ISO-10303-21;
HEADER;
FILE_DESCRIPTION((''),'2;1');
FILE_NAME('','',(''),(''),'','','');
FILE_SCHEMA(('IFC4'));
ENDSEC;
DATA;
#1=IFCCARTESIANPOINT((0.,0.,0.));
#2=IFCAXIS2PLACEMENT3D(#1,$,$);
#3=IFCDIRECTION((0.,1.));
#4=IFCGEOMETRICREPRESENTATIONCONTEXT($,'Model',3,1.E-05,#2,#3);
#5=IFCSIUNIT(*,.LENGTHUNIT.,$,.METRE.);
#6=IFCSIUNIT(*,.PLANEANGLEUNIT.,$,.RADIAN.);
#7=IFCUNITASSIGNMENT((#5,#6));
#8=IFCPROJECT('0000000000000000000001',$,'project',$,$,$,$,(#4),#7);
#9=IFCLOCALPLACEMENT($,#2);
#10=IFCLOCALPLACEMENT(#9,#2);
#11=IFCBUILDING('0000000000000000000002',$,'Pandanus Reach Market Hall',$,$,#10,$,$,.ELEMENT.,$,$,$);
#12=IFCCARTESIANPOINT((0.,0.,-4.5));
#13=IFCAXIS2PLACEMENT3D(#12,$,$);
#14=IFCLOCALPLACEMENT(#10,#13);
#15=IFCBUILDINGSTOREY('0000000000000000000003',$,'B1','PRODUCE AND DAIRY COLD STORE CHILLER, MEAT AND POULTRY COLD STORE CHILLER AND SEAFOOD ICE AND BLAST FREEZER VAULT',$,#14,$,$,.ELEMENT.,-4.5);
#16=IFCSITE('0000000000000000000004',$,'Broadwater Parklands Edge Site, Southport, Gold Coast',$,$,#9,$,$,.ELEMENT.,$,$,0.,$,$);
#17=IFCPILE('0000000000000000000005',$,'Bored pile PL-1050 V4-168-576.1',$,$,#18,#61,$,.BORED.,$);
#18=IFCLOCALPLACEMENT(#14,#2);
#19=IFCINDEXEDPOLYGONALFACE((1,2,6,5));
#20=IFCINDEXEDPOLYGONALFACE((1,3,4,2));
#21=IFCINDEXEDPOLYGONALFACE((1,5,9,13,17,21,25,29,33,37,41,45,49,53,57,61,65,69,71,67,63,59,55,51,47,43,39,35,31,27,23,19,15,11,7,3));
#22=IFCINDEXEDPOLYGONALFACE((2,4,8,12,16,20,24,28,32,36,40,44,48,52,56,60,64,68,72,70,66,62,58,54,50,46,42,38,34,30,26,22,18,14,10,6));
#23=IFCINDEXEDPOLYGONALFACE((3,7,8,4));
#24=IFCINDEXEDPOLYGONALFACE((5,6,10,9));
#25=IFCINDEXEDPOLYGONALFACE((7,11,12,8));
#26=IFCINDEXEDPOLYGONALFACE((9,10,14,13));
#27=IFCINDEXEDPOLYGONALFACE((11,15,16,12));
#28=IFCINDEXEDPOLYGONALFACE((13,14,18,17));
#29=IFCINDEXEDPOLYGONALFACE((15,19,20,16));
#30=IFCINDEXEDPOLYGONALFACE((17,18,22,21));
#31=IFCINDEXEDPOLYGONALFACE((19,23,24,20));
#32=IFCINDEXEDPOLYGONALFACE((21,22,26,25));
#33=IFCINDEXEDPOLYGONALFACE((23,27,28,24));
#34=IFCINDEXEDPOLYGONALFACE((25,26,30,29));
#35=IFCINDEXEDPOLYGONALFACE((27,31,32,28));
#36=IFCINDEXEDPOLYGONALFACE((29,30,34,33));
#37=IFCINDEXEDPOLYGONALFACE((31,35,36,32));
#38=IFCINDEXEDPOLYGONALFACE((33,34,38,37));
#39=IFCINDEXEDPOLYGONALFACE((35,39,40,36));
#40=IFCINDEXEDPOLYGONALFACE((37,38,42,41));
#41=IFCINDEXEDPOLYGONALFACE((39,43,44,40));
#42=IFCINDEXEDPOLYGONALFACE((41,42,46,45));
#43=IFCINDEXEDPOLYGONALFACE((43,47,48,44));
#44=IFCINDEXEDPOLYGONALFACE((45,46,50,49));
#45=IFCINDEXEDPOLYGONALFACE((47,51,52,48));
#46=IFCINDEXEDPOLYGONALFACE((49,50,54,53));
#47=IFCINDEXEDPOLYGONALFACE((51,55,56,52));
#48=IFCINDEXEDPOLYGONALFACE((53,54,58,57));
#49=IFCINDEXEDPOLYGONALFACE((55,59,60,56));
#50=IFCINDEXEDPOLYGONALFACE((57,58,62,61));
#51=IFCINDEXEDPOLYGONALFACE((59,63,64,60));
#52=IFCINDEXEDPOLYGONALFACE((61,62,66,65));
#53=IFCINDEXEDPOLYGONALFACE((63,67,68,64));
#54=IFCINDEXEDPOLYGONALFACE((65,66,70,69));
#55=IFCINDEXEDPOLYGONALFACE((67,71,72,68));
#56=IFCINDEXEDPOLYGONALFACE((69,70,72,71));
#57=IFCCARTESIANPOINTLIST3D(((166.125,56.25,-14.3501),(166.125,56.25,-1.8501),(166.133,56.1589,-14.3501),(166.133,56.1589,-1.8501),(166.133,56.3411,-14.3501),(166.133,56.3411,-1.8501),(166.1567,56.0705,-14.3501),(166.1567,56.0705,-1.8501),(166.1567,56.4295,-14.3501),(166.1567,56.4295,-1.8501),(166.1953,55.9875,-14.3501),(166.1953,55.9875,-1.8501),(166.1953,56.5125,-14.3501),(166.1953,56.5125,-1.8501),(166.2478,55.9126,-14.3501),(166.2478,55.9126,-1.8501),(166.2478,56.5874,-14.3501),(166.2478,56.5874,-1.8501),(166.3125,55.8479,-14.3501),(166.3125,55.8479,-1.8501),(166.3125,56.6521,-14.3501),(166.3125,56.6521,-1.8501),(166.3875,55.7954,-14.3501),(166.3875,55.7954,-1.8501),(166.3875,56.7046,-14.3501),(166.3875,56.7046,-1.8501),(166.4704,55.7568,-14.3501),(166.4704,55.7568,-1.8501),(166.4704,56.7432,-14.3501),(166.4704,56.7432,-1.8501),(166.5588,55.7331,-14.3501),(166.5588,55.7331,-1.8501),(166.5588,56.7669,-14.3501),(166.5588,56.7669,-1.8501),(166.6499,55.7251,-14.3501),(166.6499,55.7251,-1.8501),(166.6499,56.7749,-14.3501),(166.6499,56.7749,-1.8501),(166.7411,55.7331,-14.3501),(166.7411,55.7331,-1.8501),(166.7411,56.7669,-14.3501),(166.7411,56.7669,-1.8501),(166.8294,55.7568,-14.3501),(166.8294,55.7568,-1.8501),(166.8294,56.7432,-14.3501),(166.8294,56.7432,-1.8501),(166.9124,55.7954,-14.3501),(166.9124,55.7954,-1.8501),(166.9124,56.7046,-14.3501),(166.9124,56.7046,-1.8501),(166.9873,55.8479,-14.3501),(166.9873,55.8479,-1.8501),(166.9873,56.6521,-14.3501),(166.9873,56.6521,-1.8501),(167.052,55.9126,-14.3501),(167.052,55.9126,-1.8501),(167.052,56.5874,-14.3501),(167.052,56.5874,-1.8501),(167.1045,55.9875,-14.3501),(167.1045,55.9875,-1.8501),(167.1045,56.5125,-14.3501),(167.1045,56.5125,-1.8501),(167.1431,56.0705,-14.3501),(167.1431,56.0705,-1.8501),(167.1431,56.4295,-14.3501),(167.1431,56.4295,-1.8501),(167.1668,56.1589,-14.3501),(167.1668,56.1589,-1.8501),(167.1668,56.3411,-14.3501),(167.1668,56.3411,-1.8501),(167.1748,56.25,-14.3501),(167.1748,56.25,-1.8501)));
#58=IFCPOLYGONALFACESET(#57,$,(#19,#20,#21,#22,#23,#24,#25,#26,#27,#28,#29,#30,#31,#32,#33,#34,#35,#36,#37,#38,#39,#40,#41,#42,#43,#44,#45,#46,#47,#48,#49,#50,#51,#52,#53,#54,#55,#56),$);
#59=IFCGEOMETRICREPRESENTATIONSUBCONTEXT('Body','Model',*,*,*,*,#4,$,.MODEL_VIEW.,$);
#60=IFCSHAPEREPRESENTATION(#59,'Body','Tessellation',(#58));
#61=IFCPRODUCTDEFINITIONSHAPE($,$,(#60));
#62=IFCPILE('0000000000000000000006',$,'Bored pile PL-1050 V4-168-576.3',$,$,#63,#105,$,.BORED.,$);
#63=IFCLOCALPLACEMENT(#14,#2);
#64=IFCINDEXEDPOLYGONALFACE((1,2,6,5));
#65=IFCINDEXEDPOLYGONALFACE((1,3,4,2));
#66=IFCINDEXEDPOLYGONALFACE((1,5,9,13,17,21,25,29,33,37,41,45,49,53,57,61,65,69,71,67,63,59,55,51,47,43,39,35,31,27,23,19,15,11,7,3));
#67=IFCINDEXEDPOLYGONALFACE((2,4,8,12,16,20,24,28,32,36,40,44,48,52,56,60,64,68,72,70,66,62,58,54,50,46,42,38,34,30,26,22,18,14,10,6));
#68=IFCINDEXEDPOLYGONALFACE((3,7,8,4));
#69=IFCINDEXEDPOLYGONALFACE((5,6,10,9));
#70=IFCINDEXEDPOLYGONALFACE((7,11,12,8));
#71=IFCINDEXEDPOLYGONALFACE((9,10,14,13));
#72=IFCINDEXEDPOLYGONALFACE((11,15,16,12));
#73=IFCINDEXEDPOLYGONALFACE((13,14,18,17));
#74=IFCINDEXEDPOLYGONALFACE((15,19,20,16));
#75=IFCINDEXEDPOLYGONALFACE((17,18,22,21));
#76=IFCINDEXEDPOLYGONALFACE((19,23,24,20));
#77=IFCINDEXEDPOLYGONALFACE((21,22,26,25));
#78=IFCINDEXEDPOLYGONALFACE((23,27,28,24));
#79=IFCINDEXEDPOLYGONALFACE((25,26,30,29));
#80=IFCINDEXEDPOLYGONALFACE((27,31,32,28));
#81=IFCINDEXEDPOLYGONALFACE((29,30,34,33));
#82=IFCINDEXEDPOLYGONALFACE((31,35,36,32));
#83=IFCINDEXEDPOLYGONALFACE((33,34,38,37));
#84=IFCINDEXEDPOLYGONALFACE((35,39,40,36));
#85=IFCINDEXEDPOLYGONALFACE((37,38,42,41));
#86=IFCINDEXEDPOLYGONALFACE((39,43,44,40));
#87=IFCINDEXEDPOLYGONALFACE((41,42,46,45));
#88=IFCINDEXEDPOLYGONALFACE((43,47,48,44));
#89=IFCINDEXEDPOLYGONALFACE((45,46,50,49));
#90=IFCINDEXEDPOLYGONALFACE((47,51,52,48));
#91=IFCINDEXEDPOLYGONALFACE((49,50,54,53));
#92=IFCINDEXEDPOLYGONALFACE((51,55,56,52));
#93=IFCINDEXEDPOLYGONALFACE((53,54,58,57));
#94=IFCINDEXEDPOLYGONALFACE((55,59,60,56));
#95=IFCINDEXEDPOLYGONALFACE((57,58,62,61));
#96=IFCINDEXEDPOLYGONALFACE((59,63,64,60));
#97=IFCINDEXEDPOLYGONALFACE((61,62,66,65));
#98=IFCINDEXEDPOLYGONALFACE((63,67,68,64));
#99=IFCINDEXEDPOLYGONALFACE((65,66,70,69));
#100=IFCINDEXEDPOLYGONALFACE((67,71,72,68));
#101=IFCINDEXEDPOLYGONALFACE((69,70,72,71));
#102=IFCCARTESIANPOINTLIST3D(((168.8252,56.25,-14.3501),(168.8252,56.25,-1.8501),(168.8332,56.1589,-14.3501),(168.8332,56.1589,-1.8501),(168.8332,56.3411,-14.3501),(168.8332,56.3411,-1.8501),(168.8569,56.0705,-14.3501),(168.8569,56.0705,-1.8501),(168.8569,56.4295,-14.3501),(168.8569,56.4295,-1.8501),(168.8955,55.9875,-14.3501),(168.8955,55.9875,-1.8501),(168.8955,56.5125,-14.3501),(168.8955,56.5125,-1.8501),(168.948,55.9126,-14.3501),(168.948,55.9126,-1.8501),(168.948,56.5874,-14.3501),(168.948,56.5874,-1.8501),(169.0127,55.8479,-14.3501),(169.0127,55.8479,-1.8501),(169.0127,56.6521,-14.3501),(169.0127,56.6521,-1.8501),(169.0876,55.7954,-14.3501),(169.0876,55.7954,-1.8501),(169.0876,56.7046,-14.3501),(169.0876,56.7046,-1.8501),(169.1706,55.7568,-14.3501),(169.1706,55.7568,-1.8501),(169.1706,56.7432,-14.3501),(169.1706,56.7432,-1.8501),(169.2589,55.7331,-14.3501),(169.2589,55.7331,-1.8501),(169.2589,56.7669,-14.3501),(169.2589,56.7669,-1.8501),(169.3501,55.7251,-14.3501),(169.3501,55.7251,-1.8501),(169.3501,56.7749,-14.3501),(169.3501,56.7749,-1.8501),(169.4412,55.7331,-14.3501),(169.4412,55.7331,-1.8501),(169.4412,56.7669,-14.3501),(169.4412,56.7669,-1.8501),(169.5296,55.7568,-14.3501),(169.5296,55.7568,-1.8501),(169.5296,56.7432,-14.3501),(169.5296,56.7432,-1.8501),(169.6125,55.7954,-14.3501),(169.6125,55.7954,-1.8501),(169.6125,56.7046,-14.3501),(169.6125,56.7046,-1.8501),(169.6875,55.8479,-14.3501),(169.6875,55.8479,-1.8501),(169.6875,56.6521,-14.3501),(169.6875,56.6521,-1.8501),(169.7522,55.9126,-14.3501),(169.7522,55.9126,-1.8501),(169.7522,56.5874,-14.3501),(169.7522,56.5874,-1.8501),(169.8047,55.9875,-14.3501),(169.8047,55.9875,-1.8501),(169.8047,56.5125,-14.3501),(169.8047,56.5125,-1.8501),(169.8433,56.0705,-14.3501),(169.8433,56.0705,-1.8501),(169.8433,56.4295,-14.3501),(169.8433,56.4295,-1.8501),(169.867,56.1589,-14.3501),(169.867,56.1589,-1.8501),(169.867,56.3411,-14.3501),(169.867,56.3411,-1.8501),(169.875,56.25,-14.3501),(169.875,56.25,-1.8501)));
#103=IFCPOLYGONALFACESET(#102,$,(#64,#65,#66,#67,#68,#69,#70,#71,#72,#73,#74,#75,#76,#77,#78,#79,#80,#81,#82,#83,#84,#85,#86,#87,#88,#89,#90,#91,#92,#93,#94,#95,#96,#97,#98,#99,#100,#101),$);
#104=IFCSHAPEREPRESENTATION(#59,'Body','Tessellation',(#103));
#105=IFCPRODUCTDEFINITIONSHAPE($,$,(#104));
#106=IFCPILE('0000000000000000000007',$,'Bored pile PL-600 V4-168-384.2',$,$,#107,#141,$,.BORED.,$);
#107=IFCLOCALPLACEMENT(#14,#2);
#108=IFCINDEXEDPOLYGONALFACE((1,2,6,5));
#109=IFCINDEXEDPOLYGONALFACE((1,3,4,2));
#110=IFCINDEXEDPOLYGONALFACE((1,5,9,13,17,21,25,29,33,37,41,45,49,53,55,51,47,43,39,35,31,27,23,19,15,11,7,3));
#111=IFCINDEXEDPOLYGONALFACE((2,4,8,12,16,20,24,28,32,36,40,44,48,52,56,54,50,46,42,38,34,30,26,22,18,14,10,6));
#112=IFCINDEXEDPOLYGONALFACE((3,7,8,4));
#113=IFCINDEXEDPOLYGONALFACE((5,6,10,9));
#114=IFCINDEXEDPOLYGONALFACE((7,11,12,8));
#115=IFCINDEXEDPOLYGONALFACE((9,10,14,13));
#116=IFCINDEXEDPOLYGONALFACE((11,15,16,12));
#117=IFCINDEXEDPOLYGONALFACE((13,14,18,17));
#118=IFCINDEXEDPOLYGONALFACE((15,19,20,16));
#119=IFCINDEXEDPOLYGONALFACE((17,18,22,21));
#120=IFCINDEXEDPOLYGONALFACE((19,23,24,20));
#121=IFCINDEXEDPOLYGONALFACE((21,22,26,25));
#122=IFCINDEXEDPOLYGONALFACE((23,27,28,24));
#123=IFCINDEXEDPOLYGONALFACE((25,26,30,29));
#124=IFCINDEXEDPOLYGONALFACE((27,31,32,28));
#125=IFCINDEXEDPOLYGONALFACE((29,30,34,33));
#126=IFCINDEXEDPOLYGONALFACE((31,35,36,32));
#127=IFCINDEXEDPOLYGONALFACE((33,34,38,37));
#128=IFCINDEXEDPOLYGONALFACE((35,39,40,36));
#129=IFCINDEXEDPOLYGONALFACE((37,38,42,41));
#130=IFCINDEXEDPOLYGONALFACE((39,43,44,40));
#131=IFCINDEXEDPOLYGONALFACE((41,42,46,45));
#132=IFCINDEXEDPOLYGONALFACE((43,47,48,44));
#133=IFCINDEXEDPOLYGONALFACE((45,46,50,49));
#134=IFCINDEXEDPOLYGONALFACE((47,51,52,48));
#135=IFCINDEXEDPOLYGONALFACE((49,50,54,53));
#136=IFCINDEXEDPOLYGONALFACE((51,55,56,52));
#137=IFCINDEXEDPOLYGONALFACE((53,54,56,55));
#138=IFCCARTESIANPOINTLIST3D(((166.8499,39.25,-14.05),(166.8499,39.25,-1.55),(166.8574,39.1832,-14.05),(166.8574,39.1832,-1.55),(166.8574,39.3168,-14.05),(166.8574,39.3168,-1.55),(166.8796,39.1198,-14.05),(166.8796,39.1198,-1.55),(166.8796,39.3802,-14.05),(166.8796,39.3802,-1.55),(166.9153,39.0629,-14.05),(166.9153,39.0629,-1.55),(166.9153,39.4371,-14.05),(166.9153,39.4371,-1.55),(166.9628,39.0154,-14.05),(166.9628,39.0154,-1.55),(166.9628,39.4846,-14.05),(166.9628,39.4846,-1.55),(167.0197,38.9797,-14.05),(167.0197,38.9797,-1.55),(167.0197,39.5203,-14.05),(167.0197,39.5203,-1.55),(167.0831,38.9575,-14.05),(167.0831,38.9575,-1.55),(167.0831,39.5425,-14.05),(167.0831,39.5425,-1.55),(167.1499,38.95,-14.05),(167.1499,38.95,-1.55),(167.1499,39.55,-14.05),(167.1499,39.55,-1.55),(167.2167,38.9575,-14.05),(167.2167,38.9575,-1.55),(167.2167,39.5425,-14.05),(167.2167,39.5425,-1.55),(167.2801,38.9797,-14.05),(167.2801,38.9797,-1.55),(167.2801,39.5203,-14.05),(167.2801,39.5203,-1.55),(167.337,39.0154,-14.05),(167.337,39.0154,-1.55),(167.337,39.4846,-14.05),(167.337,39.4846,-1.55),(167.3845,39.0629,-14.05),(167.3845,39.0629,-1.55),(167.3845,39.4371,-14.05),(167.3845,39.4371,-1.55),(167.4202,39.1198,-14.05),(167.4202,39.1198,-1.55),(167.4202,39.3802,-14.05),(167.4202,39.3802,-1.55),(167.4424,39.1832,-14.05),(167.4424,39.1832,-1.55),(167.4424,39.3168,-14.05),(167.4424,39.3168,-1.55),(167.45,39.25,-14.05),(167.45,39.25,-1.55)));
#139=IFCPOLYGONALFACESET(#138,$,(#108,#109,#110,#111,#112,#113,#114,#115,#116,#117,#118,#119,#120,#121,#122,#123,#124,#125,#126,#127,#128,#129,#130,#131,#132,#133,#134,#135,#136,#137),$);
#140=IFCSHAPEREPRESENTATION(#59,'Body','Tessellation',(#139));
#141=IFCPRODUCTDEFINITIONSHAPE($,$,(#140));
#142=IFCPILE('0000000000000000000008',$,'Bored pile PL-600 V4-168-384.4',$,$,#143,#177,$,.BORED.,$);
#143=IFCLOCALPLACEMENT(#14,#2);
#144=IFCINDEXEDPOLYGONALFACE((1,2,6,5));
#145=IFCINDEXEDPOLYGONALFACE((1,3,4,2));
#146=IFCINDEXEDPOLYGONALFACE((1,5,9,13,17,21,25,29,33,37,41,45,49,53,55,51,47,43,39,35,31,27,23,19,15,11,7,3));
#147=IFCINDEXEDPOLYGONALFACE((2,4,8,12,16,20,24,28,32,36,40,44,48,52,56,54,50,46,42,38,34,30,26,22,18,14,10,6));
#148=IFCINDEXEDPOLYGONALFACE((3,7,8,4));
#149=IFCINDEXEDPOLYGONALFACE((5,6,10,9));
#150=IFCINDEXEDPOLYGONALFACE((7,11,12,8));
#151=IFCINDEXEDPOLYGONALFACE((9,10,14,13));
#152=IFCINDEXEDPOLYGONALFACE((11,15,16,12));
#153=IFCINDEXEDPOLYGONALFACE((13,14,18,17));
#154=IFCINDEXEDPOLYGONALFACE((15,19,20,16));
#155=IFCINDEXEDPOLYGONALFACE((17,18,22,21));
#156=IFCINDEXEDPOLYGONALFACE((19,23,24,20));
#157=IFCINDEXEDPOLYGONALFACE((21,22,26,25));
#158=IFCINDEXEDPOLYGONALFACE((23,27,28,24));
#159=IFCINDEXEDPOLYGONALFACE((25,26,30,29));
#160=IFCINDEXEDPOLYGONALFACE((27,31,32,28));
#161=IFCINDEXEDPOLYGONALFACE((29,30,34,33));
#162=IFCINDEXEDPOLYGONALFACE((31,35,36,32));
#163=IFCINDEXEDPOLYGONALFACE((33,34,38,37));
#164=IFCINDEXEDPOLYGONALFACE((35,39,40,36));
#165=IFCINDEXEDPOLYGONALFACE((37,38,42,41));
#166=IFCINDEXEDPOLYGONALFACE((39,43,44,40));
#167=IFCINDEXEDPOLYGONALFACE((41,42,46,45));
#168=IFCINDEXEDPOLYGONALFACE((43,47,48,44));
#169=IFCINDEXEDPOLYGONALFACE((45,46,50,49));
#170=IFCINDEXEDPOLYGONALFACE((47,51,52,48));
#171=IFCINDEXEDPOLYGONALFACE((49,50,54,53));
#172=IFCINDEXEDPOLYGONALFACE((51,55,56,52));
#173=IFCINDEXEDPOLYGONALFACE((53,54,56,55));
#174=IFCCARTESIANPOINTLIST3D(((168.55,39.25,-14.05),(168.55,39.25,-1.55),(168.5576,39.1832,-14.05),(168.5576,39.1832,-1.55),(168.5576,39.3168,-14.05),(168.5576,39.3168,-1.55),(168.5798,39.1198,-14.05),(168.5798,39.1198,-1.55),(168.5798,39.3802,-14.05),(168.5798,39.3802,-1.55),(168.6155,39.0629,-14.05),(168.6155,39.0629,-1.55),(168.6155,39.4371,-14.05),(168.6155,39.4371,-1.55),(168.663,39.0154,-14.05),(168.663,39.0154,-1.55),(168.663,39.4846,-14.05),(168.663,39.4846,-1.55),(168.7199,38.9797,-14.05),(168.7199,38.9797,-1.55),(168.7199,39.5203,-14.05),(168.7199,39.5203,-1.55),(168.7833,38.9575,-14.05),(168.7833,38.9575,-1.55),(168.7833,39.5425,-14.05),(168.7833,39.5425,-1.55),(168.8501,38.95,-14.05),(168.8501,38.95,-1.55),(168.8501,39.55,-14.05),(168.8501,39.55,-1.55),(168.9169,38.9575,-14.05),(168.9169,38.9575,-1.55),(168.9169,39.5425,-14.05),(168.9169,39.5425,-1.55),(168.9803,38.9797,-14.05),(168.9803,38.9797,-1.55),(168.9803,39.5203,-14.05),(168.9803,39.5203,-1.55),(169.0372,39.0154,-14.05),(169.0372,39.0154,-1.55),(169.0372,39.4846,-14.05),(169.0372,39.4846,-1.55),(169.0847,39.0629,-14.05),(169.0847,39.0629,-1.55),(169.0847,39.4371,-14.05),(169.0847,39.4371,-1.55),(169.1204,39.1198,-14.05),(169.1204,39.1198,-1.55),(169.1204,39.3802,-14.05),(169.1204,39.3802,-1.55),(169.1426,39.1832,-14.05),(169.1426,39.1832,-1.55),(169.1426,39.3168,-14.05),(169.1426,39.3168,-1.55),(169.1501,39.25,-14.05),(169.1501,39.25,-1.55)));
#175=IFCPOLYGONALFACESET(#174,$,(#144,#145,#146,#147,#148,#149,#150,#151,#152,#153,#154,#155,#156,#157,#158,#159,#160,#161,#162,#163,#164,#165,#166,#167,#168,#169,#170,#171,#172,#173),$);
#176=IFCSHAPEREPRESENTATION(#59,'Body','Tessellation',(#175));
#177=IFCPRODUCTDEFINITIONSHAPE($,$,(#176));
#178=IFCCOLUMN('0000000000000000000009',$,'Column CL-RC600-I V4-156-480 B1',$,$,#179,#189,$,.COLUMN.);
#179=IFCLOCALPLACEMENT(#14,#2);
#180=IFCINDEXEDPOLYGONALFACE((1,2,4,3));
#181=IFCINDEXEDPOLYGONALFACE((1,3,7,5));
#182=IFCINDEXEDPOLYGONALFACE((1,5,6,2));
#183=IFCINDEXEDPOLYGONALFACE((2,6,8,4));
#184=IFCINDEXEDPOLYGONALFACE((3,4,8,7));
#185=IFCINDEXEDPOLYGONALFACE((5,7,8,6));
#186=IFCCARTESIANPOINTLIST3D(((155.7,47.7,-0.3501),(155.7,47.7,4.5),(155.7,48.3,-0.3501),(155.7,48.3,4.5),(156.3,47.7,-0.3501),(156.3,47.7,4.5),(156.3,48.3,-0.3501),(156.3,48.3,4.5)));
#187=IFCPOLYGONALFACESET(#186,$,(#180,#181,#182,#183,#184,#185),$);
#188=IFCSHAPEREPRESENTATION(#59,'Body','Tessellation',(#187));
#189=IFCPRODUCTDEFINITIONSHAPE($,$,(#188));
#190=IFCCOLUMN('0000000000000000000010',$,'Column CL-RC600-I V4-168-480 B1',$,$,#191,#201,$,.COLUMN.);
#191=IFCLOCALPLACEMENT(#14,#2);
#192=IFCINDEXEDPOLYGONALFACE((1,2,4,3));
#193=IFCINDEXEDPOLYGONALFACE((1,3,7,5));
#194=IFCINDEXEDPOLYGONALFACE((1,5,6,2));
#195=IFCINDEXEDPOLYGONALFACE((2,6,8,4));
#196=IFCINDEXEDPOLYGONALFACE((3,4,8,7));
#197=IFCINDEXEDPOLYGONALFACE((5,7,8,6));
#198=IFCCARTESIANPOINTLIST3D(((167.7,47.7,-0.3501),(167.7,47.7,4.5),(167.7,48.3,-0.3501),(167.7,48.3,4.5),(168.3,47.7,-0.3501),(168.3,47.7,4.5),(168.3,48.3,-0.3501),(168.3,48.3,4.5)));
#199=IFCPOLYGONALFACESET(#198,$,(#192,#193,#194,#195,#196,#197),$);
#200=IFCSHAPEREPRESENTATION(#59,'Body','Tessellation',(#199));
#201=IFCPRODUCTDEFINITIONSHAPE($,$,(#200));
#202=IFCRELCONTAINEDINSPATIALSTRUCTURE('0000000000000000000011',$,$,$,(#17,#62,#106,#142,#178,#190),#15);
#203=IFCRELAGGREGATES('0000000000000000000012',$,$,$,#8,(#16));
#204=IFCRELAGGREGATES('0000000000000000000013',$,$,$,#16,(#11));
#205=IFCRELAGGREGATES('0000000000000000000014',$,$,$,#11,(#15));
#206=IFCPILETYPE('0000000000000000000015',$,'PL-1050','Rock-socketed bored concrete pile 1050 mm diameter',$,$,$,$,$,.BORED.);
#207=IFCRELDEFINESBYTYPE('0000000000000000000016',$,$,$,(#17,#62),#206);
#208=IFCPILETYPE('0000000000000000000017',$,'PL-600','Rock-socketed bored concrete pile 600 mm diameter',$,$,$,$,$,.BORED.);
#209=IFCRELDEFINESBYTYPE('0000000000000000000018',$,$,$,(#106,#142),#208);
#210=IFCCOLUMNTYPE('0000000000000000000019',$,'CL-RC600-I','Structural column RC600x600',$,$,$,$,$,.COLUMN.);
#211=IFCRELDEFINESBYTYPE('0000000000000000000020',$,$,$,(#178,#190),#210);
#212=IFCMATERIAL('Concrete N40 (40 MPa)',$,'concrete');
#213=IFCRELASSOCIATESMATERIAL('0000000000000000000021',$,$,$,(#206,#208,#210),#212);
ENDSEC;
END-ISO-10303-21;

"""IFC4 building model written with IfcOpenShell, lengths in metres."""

from ifc_helpers import new_model, si_unit, direction, frame, origin, origin_2d, place, context, subcontext, project, spatial, rectangle, circle, extrude, material, material_profile, profile_set, type_object, element, save


model = new_model("IFC4")

# Units and contexts
model_context = context("Model", 3, precision=1e-05, world=origin(), true_north=direction((0.0, 1.0)))
body_context = subcontext(model_context, "Body", "Model", "MODEL_VIEW")
ifc_project = project(units=[si_unit("LENGTHUNIT", "METRE"), si_unit("PLANEANGLEUNIT", "RADIAN")], contexts=[model_context])

# Site, building, storey
site_placement = place(None, origin())
site = spatial("IfcSite", under=ifc_project, at=site_placement, Name="Broadwater Parklands Edge Site, Southport, Gold Coast", CompositionType="ELEMENT", RefElevation=0.0)
building_placement = place(site_placement, origin())
building = spatial("IfcBuilding", under=site, at=building_placement, Name="Pandanus Reach Market Hall", CompositionType="ELEMENT")
storey_placement = place(building_placement, frame((0.0, 0.0, -4.5)))
storey = spatial("IfcBuildingStorey", under=building, at=storey_placement, Name="B1", Description="PRODUCE AND DAIRY COLD STORE CHILLER, MEAT AND POULTRY COLD STORE CHILLER AND SEAFOOD ICE AND BLAST FREEZER VAULT", CompositionType="ELEMENT", Elevation=-4.5)

# Shared definitions
ifc_material_1 = material(Name="Concrete N40 (40 MPa)", Category="concrete")

# Piles
ifc_material_profile_1 = material_profile(ifc_material_1, circle(Radius=0.5249, at=origin_2d()), Name="PILE-1050D", Category="LoadBearing")
ifc_profile_set_1 = profile_set([ifc_material_profile_1], Name="Concrete N40 (40 MPa)")
pile_type_1 = type_object("IfcPileType", Name="PL-1050", Description="Rock-socketed bored concrete pile 1050 mm diameter", PredefinedType="BORED", material=ifc_profile_set_1)
for number, where, z_axis, x_axis, name in (
    (1, (166.6499, 56.25, -1.8501), (0.0, 0.0, -1.0), (1.0, 0.0, 0.0), "Bored pile PL-1050 V4-168-576.1"),
    (2, (169.3501, 56.25, -1.8501), (0.0, 0.0, -1.0), (1.0, 0.0, 0.0), "Bored pile PL-1050 V4-168-576.3"),
):
    element("IfcPile", number, at=place(storey_placement, frame(where, z_axis=z_axis, x_axis=x_axis)), inside=storey, type_object=pile_type_1, Name=name, PredefinedType="BORED", context=body_context, shape_type="SweptSolid", body=[
        extrude(circle(Radius=0.5249, at=origin_2d()), origin(), (0.0, 0.0, 1.0), 12.5),
    ])
ifc_material_profile_2 = material_profile(ifc_material_1, circle(Radius=0.3, at=origin_2d()), Name="PILE-600D", Category="LoadBearing")
ifc_profile_set_2 = profile_set([ifc_material_profile_2], Name="Concrete N40 (40 MPa)")
pile_type_2 = type_object("IfcPileType", Name="PL-600", Description="Rock-socketed bored concrete pile 600 mm diameter", PredefinedType="BORED", material=ifc_profile_set_2)
for number, where, z_axis, x_axis, name in (
    (3, (167.1499, 39.25, -1.55), (0.0, 0.0, -1.0), (1.0, 0.0, 0.0), "Bored pile PL-600 V4-168-384.2"),
    (4, (168.8501, 39.25, -1.55), (0.0, 0.0, -1.0), (1.0, 0.0, 0.0), "Bored pile PL-600 V4-168-384.4"),
):
    element("IfcPile", number, at=place(storey_placement, frame(where, z_axis=z_axis, x_axis=x_axis)), inside=storey, type_object=pile_type_2, Name=name, PredefinedType="BORED", context=body_context, shape_type="SweptSolid", body=[
        extrude(circle(Radius=0.3, at=origin_2d()), origin(), (0.0, 0.0, 1.0), 12.5),
    ])

# Columns
ifc_material_profile_3 = material_profile(ifc_material_1, rectangle(XDim=0.6001, YDim=0.6001, at=origin_2d()), Name="RC600x600", Category="LoadBearing")
ifc_profile_set_3 = profile_set([ifc_material_profile_3], Name="Concrete N40 (40 MPa)")
column_type = type_object("IfcColumnType", Name="CL-RC600-I", Description="Structural column RC600x600", PredefinedType="COLUMN", material=ifc_profile_set_3)
for number, where, z_axis, x_axis, name in (
    (5, (156.0, 48.0, -0.3501), (0.0, 0.0, 1.0), (1.0, 0.0, 0.0), "Column CL-RC600-I V4-156-480 B1"),
    (6, (168.0, 48.0, -0.3501), (0.0, 0.0, 1.0), (1.0, 0.0, 0.0), "Column CL-RC600-I V4-168-480 B1"),
):
    element("IfcColumn", number, at=place(storey_placement, frame(where, z_axis=z_axis, x_axis=x_axis)), inside=storey, type_object=column_type, Name=name, PredefinedType="COLUMN", context=body_context, shape_type="SweptSolid", body=[
        extrude(rectangle(XDim=0.6001, YDim=0.6001, at=origin_2d()), origin(), (0.0, 0.0, 1.0), 4.8501),
    ])

save(model, "model.ifc")
